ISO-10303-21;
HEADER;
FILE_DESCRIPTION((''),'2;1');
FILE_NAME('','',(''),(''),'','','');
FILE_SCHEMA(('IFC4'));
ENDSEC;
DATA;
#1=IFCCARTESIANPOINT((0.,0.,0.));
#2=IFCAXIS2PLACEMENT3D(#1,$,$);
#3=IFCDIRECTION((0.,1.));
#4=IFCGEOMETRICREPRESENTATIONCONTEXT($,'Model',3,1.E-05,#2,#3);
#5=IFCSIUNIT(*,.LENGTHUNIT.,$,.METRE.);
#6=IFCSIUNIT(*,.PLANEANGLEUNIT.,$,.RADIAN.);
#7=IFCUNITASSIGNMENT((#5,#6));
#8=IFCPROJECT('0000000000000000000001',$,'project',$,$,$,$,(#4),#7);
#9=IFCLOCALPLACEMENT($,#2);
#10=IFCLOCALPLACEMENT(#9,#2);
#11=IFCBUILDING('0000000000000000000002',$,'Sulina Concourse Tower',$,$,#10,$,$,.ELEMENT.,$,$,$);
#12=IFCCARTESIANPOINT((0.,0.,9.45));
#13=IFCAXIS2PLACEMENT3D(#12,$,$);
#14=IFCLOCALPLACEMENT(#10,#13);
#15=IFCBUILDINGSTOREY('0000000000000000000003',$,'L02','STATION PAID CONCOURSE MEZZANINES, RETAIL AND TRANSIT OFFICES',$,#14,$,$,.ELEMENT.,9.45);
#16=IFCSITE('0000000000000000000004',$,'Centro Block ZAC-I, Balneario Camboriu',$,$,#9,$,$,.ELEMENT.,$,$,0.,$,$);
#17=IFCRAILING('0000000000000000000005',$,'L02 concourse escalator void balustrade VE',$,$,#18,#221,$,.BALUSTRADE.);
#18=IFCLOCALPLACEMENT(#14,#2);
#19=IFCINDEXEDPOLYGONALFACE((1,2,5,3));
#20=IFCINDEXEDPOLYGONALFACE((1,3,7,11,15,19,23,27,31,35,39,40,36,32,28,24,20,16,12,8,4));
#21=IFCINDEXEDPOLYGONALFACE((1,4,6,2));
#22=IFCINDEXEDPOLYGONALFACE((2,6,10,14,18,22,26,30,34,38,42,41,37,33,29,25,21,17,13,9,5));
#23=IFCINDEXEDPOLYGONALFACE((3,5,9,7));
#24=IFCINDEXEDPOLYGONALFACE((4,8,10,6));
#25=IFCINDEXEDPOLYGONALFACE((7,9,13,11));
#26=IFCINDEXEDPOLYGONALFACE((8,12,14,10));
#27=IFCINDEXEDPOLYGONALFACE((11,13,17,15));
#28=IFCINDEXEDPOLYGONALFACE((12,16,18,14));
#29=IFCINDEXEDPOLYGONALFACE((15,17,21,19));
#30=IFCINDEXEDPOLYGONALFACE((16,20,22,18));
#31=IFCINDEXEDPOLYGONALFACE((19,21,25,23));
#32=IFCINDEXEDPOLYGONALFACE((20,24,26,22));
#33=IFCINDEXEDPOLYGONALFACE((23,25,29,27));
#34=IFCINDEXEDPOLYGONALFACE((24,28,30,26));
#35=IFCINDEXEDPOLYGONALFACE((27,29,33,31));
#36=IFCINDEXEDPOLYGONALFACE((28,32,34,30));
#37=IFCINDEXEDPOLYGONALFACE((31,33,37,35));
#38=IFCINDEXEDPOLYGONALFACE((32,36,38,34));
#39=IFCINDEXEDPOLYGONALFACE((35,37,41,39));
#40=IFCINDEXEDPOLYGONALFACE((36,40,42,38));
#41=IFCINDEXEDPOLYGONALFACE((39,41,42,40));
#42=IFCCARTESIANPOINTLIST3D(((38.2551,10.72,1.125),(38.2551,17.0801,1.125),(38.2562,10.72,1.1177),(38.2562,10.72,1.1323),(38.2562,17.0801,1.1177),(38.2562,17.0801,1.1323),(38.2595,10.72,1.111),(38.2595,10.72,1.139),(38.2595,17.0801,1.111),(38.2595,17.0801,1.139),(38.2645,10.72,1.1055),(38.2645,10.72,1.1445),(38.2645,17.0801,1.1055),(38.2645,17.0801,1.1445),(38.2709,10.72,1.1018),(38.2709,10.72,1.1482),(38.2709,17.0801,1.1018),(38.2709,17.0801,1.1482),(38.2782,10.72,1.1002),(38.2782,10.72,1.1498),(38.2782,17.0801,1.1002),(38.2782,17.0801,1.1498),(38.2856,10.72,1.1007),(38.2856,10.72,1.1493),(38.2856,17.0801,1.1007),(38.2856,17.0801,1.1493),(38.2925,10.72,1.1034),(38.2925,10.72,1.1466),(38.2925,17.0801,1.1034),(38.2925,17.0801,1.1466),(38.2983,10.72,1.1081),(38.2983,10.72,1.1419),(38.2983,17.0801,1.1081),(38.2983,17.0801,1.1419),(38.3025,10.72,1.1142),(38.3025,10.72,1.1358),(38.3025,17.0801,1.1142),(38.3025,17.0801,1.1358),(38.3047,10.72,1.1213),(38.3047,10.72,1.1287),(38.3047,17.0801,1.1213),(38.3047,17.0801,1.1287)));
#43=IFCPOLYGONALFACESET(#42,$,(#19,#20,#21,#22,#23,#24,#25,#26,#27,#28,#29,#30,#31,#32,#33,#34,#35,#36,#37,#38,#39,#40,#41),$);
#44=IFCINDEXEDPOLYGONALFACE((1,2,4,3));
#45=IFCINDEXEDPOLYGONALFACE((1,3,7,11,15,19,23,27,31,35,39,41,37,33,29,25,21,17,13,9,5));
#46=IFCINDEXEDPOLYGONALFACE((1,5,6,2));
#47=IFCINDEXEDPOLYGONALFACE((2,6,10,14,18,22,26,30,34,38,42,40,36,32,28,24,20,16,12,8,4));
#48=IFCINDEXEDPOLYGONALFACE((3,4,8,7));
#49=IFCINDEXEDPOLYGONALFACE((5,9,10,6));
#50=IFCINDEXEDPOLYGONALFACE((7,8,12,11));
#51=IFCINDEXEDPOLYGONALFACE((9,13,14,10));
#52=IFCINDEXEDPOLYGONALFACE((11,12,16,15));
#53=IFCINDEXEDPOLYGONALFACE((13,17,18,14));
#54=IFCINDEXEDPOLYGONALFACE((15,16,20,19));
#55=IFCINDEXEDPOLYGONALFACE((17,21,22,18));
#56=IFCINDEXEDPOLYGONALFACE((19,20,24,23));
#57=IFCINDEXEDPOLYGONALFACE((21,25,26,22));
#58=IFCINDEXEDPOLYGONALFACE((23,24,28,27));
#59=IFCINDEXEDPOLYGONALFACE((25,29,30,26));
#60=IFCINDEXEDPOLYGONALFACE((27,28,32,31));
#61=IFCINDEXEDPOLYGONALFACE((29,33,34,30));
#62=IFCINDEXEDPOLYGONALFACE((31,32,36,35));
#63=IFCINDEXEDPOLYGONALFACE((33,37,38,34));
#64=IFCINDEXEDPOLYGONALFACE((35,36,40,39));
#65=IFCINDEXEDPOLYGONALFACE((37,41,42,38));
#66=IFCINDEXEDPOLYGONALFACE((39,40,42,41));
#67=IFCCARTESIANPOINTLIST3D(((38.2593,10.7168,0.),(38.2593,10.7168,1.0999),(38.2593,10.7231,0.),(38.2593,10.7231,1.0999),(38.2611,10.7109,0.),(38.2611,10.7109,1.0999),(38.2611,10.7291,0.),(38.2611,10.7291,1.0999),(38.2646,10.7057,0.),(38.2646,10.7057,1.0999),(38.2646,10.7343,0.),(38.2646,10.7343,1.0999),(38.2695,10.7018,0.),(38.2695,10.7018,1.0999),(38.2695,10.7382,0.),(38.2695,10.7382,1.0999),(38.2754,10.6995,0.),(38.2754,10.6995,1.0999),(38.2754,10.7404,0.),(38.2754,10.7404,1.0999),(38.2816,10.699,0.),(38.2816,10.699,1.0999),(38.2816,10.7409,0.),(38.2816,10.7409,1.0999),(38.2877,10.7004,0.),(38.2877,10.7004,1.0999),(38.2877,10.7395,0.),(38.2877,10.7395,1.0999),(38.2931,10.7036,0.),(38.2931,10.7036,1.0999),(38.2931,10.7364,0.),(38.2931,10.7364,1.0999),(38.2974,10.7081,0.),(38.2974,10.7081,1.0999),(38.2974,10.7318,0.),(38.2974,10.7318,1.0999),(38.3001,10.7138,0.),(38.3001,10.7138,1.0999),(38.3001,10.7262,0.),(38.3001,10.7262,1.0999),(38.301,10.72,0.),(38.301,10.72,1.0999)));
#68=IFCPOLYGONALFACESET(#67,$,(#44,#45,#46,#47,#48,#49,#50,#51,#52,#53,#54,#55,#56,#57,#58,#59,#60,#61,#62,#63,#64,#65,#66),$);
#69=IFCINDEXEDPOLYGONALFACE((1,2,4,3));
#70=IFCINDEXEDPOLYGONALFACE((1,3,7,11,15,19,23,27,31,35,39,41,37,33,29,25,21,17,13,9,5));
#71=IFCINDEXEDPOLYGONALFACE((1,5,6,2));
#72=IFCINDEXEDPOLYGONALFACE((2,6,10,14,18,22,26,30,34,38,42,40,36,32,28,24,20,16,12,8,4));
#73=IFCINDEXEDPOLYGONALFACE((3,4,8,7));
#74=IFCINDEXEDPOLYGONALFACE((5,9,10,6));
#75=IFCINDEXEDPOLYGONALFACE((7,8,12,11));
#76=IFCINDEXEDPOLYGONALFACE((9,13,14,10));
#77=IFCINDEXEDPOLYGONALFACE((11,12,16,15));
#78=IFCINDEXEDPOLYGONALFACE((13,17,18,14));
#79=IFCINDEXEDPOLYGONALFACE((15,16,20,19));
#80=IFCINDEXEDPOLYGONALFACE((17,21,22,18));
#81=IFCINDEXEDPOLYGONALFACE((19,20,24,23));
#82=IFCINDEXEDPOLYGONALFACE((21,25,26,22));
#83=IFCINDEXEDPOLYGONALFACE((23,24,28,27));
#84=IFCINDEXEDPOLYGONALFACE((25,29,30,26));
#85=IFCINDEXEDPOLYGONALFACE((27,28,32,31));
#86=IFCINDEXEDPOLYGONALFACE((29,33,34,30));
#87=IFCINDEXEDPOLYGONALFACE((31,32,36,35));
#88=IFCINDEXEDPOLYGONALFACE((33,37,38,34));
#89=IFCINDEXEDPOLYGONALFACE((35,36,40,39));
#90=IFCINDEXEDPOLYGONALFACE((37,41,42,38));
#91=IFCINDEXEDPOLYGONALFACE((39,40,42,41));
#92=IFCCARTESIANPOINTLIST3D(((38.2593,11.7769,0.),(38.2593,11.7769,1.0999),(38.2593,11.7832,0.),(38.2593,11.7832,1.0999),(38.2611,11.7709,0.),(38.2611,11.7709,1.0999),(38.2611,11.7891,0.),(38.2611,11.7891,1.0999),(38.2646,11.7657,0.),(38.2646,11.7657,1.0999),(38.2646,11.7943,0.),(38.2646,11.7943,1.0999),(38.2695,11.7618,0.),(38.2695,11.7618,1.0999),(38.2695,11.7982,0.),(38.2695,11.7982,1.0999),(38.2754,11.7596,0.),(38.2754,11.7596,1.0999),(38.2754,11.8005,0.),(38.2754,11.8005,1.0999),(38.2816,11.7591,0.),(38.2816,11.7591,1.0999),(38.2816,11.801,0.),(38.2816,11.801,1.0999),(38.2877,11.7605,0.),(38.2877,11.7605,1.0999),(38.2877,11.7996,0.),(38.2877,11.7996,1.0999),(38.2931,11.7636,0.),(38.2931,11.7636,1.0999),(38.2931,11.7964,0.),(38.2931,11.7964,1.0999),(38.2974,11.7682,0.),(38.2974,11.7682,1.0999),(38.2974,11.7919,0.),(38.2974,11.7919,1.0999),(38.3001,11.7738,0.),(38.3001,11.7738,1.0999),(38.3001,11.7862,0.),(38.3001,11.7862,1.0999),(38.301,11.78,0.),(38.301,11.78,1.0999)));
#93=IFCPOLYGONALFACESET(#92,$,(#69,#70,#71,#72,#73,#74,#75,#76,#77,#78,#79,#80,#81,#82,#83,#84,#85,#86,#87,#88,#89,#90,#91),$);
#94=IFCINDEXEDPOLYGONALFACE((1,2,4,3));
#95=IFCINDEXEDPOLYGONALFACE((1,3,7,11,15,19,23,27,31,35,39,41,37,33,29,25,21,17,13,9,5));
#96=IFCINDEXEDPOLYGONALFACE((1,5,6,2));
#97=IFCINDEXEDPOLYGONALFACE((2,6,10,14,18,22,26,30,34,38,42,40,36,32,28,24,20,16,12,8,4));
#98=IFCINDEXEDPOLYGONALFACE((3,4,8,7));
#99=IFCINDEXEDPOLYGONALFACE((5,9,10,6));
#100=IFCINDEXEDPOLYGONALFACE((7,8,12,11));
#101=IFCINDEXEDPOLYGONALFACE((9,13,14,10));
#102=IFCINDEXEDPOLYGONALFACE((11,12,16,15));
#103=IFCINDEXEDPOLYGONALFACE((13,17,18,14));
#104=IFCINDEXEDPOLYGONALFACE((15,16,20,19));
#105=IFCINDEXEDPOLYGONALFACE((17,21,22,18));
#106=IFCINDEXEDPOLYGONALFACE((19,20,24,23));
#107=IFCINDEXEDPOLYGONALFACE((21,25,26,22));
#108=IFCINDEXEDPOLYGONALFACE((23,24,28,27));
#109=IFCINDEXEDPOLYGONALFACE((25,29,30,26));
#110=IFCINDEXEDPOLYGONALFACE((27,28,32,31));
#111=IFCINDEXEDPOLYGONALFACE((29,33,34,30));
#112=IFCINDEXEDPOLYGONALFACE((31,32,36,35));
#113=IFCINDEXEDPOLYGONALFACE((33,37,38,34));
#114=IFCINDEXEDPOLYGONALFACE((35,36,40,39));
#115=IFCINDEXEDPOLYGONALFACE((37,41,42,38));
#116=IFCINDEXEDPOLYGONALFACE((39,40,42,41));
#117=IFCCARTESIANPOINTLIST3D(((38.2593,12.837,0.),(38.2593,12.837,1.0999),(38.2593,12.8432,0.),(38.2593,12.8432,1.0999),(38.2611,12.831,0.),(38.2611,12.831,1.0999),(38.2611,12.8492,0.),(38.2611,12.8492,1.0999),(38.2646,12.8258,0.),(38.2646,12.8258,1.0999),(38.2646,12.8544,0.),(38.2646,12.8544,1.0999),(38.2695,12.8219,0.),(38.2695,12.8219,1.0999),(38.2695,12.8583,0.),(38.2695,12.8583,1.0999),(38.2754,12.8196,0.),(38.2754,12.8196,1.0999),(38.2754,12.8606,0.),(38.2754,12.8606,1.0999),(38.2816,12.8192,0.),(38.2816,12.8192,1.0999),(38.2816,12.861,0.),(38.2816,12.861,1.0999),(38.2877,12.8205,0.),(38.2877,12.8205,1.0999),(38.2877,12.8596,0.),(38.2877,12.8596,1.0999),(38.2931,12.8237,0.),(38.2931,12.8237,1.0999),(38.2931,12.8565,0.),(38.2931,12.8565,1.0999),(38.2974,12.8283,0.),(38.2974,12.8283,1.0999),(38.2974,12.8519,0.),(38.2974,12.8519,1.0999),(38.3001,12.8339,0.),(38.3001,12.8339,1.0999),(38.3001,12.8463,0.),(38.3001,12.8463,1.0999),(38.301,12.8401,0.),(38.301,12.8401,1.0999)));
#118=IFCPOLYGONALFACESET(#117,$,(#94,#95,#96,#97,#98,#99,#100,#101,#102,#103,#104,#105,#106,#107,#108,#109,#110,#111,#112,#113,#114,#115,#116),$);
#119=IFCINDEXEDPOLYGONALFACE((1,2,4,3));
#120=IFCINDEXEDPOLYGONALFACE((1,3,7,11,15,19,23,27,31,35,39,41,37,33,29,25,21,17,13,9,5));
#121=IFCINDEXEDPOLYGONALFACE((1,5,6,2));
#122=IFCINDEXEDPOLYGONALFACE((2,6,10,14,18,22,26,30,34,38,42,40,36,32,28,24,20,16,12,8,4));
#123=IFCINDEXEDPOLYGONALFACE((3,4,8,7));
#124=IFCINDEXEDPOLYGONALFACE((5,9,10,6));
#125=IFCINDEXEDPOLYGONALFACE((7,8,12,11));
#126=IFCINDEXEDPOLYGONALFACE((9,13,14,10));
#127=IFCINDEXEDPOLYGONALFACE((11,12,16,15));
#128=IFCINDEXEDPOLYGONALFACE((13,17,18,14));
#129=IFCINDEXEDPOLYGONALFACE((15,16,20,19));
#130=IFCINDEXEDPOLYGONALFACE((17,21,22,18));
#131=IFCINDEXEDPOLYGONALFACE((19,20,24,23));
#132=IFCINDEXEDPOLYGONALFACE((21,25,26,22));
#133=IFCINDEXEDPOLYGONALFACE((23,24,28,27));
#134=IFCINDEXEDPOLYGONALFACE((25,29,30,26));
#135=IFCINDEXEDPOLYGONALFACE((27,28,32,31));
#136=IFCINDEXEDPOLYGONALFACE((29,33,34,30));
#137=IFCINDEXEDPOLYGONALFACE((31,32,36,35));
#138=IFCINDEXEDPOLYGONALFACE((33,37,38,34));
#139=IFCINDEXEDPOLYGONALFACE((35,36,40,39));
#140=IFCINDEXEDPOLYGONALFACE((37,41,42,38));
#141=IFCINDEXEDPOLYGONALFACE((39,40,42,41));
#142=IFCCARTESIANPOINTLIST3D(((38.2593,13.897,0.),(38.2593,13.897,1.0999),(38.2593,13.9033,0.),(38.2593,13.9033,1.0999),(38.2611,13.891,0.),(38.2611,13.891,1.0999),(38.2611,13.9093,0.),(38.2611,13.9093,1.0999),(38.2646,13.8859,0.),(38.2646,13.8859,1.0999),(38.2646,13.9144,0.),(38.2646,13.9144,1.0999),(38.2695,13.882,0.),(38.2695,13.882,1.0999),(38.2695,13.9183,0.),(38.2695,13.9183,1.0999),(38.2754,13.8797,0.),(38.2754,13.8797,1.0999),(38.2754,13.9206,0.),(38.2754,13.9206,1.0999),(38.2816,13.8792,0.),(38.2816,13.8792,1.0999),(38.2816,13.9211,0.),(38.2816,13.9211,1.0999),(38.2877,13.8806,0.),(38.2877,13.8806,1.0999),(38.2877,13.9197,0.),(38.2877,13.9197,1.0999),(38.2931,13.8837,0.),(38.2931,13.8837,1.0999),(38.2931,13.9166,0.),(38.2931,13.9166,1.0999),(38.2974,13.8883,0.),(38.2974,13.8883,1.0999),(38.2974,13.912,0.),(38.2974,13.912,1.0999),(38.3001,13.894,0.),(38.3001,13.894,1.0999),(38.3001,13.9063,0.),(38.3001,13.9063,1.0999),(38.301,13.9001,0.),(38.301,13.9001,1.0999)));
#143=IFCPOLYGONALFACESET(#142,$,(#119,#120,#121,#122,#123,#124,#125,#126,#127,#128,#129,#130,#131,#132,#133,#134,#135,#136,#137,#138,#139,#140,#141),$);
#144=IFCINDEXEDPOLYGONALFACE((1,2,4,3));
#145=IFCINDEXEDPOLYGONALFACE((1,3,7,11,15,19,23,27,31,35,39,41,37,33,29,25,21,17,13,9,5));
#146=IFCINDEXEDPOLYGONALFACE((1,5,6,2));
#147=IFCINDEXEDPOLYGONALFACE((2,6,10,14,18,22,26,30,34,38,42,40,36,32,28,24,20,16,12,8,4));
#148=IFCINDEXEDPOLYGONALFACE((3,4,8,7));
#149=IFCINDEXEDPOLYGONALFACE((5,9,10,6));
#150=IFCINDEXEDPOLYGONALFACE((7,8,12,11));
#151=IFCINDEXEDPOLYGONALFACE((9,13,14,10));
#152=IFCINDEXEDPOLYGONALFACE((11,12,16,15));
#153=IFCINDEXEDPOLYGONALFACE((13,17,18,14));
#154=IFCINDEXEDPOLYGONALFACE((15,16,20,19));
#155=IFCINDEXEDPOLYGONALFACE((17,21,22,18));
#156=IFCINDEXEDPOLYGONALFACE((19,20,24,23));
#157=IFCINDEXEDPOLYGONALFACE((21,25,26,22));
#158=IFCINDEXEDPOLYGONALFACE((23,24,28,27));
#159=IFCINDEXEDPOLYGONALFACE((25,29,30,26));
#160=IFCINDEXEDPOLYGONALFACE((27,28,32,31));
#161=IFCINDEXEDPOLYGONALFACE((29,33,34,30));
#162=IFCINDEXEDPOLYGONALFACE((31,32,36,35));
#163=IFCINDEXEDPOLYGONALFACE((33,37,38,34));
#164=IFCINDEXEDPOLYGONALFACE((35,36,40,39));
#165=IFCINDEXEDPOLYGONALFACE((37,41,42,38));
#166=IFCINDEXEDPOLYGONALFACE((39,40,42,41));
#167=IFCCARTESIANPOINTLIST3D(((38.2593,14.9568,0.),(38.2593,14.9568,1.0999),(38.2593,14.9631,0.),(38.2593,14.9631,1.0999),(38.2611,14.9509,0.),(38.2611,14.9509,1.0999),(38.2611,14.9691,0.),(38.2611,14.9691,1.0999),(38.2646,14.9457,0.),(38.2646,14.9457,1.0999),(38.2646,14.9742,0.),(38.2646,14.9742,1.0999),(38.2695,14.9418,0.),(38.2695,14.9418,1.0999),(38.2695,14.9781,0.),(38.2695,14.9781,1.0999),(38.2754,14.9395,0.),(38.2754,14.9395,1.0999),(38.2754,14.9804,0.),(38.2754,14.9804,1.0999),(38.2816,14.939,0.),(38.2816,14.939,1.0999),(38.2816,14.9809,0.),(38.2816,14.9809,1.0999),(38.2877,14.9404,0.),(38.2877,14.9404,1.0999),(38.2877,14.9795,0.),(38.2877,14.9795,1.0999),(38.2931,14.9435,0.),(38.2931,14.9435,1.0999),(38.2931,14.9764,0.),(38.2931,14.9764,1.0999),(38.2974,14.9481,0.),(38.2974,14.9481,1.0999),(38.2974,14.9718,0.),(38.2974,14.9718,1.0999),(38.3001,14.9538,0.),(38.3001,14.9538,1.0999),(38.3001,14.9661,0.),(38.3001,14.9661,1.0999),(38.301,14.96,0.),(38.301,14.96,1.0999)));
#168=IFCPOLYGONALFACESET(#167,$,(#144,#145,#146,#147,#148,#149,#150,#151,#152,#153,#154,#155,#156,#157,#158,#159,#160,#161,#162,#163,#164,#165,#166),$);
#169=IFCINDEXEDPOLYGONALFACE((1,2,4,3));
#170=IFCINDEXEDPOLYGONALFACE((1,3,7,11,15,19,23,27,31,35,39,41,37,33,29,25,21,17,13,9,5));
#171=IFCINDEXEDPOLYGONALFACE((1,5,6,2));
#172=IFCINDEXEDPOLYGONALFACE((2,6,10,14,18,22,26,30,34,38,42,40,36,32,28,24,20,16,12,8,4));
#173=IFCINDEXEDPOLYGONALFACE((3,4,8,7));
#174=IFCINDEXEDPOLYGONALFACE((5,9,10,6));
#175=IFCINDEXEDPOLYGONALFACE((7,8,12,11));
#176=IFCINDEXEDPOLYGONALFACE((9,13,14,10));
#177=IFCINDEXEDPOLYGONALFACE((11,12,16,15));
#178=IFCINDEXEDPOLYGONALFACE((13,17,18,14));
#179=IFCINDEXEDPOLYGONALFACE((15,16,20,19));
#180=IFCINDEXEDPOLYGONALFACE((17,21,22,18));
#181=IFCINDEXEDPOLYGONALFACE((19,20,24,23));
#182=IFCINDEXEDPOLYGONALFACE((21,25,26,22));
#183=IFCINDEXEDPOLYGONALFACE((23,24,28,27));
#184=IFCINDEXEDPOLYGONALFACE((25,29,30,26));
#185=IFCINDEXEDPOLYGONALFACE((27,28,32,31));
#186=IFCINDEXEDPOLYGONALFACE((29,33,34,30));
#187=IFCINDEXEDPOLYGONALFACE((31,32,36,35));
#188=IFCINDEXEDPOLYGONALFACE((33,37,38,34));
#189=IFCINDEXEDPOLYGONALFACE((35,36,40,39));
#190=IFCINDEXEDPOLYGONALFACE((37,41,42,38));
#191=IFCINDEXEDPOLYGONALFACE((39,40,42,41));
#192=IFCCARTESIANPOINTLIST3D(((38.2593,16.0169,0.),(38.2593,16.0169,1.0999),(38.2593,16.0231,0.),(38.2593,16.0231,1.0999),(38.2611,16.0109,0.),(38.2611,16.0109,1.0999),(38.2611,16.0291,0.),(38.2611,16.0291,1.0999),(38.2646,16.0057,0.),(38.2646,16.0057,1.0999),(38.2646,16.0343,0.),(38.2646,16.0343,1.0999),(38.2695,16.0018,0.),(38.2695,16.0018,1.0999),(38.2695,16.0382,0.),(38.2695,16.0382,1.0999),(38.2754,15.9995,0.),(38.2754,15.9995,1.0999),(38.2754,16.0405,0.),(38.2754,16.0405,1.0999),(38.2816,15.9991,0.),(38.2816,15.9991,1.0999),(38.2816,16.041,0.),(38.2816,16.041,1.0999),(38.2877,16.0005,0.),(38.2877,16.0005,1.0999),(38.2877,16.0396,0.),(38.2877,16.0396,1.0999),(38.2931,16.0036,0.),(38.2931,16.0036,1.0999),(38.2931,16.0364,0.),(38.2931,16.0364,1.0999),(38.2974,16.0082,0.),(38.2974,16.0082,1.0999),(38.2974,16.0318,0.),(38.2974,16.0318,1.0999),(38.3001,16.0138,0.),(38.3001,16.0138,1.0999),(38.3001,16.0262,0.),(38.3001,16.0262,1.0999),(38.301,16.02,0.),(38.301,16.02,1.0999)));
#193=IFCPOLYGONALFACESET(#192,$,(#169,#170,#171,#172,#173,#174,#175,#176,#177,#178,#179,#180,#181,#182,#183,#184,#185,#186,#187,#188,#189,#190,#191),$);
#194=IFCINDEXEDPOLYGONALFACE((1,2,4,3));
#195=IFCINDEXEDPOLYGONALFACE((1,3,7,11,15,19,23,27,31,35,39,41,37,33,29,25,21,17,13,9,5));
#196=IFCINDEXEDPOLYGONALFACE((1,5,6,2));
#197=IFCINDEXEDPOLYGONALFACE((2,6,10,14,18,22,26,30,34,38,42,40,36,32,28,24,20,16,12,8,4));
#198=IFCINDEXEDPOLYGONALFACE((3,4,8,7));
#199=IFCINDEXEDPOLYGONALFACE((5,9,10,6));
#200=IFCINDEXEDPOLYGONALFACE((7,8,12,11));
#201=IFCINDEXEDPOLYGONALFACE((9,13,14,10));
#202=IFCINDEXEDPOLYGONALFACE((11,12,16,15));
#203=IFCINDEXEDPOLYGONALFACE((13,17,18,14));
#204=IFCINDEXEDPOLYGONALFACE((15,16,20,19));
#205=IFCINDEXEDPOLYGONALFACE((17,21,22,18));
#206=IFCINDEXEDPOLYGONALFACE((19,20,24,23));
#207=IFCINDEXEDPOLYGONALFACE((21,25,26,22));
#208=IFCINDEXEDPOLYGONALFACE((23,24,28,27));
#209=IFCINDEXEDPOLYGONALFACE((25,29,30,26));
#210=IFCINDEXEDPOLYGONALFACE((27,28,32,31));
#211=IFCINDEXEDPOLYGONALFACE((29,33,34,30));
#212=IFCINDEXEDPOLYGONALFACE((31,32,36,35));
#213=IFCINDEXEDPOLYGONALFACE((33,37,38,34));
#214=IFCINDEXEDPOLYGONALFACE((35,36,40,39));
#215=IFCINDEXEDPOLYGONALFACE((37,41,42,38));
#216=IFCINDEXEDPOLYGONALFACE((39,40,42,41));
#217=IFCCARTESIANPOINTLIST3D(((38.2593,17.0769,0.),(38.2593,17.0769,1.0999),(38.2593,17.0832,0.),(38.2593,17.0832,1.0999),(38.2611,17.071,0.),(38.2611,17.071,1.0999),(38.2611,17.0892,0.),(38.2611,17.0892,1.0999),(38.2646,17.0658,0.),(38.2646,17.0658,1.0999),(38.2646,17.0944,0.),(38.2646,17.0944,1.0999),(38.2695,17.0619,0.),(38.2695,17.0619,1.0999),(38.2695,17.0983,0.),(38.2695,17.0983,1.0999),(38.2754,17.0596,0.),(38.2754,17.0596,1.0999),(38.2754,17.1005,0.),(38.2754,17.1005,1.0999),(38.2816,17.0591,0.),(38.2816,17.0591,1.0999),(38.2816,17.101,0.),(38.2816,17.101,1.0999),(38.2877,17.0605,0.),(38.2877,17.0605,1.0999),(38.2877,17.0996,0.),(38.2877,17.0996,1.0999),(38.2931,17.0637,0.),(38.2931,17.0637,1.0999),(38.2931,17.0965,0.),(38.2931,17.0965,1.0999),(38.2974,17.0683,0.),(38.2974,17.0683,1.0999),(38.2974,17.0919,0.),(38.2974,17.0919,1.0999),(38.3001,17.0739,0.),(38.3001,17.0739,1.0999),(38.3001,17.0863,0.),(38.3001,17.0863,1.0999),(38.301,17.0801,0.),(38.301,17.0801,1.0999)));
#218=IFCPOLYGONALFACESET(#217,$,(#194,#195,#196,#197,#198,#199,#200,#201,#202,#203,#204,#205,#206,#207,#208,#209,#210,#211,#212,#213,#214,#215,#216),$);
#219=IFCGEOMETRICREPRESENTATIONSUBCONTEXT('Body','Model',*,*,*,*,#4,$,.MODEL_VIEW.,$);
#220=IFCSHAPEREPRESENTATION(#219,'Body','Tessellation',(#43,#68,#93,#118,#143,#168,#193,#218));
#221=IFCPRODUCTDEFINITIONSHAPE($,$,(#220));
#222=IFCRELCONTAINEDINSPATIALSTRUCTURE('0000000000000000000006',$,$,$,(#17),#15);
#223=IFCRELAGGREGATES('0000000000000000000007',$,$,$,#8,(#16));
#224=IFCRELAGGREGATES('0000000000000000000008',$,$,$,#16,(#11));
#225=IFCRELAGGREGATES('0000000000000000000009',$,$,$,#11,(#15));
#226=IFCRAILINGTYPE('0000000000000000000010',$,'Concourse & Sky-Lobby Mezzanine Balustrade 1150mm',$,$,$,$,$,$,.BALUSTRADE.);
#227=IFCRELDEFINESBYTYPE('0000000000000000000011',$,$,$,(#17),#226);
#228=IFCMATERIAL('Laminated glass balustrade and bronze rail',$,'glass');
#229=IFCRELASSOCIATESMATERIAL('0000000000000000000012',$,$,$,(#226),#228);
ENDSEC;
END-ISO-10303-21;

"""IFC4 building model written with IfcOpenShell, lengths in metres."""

from ifc_helpers import new_model, si_unit, direction, frame, origin, origin_2d, place, context, subcontext, project, spatial, circle, extrude, material, type_object, element, save


model = new_model("IFC4")

# Units and contexts
model_context = context("Model", 3, precision=1e-05, world=origin(), true_north=direction((0.0, 1.0)))
body_context = subcontext(model_context, "Body", "Model", "MODEL_VIEW")
ifc_project = project(units=[si_unit("LENGTHUNIT", "METRE"), si_unit("PLANEANGLEUNIT", "RADIAN")], contexts=[model_context])

# Site, building, storey
site_placement = place(None, origin())
site = spatial("IfcSite", under=ifc_project, at=site_placement, Name="Centro Block ZAC-I, Balneario Camboriu", CompositionType="ELEMENT", RefElevation=0.0)
building_placement = place(site_placement, origin())
building = spatial("IfcBuilding", under=site, at=building_placement, Name="Sulina Concourse Tower", CompositionType="ELEMENT")
storey_placement = place(building_placement, frame((0.0, 0.0, 9.45)))
storey = spatial("IfcBuildingStorey", under=building, at=storey_placement, Name="L02", Description="STATION PAID CONCOURSE MEZZANINES, RETAIL AND TRANSIT OFFICES", CompositionType="ELEMENT", Elevation=9.45)

# Railing
ifc_material_1 = material(Name="Laminated glass balustrade and bronze rail", Category="glass")
railing_type = type_object("IfcRailingType", Name="Concourse & Sky-Lobby Mezzanine Balustrade 1150mm", PredefinedType="BALUSTRADE", material=ifc_material_1)
railing_placement = place(storey_placement, frame((38.28, 10.72, 0.0)))
element("IfcRailing", 1, at=railing_placement, inside=storey, type_object=railing_type, Name="L02 concourse escalator void balustrade VE", PredefinedType="BALUSTRADE", context=body_context, shape_type="SweptSolid", body=[
    extrude(circle(Radius=0.0249, at=origin_2d()), frame((0.0, 0.0, 1.125), z_axis=(0.0, 1.0, 0.0), x_axis=(-1.0, 0.0, 0.0)), (0.0, 0.0, 1.0), 6.3601),
    extrude(circle(Radius=0.021, at=origin_2d()), origin(), (0.0, 0.0, 1.0), 1.0999),
    extrude(circle(Radius=0.021, at=origin_2d()), frame((0.0, 1.0601, 0.0)), (0.0, 0.0, 1.0), 1.0999),
    extrude(circle(Radius=0.021, at=origin_2d()), frame((0.0, 2.1201, 0.0)), (0.0, 0.0, 1.0), 1.0999),
    extrude(circle(Radius=0.021, at=origin_2d()), frame((0.0, 3.1802, 0.0)), (0.0, 0.0, 1.0), 1.0999),
    extrude(circle(Radius=0.021, at=origin_2d()), frame((0.0, 4.24, 0.0)), (0.0, 0.0, 1.0), 1.0999),
    extrude(circle(Radius=0.021, at=origin_2d()), frame((0.0, 5.3, 0.0)), (0.0, 0.0, 1.0), 1.0999),
    extrude(circle(Radius=0.021, at=origin_2d()), frame((0.0, 6.3601, 0.0)), (0.0, 0.0, 1.0), 1.0999),
])

save(model, "model.ifc")
